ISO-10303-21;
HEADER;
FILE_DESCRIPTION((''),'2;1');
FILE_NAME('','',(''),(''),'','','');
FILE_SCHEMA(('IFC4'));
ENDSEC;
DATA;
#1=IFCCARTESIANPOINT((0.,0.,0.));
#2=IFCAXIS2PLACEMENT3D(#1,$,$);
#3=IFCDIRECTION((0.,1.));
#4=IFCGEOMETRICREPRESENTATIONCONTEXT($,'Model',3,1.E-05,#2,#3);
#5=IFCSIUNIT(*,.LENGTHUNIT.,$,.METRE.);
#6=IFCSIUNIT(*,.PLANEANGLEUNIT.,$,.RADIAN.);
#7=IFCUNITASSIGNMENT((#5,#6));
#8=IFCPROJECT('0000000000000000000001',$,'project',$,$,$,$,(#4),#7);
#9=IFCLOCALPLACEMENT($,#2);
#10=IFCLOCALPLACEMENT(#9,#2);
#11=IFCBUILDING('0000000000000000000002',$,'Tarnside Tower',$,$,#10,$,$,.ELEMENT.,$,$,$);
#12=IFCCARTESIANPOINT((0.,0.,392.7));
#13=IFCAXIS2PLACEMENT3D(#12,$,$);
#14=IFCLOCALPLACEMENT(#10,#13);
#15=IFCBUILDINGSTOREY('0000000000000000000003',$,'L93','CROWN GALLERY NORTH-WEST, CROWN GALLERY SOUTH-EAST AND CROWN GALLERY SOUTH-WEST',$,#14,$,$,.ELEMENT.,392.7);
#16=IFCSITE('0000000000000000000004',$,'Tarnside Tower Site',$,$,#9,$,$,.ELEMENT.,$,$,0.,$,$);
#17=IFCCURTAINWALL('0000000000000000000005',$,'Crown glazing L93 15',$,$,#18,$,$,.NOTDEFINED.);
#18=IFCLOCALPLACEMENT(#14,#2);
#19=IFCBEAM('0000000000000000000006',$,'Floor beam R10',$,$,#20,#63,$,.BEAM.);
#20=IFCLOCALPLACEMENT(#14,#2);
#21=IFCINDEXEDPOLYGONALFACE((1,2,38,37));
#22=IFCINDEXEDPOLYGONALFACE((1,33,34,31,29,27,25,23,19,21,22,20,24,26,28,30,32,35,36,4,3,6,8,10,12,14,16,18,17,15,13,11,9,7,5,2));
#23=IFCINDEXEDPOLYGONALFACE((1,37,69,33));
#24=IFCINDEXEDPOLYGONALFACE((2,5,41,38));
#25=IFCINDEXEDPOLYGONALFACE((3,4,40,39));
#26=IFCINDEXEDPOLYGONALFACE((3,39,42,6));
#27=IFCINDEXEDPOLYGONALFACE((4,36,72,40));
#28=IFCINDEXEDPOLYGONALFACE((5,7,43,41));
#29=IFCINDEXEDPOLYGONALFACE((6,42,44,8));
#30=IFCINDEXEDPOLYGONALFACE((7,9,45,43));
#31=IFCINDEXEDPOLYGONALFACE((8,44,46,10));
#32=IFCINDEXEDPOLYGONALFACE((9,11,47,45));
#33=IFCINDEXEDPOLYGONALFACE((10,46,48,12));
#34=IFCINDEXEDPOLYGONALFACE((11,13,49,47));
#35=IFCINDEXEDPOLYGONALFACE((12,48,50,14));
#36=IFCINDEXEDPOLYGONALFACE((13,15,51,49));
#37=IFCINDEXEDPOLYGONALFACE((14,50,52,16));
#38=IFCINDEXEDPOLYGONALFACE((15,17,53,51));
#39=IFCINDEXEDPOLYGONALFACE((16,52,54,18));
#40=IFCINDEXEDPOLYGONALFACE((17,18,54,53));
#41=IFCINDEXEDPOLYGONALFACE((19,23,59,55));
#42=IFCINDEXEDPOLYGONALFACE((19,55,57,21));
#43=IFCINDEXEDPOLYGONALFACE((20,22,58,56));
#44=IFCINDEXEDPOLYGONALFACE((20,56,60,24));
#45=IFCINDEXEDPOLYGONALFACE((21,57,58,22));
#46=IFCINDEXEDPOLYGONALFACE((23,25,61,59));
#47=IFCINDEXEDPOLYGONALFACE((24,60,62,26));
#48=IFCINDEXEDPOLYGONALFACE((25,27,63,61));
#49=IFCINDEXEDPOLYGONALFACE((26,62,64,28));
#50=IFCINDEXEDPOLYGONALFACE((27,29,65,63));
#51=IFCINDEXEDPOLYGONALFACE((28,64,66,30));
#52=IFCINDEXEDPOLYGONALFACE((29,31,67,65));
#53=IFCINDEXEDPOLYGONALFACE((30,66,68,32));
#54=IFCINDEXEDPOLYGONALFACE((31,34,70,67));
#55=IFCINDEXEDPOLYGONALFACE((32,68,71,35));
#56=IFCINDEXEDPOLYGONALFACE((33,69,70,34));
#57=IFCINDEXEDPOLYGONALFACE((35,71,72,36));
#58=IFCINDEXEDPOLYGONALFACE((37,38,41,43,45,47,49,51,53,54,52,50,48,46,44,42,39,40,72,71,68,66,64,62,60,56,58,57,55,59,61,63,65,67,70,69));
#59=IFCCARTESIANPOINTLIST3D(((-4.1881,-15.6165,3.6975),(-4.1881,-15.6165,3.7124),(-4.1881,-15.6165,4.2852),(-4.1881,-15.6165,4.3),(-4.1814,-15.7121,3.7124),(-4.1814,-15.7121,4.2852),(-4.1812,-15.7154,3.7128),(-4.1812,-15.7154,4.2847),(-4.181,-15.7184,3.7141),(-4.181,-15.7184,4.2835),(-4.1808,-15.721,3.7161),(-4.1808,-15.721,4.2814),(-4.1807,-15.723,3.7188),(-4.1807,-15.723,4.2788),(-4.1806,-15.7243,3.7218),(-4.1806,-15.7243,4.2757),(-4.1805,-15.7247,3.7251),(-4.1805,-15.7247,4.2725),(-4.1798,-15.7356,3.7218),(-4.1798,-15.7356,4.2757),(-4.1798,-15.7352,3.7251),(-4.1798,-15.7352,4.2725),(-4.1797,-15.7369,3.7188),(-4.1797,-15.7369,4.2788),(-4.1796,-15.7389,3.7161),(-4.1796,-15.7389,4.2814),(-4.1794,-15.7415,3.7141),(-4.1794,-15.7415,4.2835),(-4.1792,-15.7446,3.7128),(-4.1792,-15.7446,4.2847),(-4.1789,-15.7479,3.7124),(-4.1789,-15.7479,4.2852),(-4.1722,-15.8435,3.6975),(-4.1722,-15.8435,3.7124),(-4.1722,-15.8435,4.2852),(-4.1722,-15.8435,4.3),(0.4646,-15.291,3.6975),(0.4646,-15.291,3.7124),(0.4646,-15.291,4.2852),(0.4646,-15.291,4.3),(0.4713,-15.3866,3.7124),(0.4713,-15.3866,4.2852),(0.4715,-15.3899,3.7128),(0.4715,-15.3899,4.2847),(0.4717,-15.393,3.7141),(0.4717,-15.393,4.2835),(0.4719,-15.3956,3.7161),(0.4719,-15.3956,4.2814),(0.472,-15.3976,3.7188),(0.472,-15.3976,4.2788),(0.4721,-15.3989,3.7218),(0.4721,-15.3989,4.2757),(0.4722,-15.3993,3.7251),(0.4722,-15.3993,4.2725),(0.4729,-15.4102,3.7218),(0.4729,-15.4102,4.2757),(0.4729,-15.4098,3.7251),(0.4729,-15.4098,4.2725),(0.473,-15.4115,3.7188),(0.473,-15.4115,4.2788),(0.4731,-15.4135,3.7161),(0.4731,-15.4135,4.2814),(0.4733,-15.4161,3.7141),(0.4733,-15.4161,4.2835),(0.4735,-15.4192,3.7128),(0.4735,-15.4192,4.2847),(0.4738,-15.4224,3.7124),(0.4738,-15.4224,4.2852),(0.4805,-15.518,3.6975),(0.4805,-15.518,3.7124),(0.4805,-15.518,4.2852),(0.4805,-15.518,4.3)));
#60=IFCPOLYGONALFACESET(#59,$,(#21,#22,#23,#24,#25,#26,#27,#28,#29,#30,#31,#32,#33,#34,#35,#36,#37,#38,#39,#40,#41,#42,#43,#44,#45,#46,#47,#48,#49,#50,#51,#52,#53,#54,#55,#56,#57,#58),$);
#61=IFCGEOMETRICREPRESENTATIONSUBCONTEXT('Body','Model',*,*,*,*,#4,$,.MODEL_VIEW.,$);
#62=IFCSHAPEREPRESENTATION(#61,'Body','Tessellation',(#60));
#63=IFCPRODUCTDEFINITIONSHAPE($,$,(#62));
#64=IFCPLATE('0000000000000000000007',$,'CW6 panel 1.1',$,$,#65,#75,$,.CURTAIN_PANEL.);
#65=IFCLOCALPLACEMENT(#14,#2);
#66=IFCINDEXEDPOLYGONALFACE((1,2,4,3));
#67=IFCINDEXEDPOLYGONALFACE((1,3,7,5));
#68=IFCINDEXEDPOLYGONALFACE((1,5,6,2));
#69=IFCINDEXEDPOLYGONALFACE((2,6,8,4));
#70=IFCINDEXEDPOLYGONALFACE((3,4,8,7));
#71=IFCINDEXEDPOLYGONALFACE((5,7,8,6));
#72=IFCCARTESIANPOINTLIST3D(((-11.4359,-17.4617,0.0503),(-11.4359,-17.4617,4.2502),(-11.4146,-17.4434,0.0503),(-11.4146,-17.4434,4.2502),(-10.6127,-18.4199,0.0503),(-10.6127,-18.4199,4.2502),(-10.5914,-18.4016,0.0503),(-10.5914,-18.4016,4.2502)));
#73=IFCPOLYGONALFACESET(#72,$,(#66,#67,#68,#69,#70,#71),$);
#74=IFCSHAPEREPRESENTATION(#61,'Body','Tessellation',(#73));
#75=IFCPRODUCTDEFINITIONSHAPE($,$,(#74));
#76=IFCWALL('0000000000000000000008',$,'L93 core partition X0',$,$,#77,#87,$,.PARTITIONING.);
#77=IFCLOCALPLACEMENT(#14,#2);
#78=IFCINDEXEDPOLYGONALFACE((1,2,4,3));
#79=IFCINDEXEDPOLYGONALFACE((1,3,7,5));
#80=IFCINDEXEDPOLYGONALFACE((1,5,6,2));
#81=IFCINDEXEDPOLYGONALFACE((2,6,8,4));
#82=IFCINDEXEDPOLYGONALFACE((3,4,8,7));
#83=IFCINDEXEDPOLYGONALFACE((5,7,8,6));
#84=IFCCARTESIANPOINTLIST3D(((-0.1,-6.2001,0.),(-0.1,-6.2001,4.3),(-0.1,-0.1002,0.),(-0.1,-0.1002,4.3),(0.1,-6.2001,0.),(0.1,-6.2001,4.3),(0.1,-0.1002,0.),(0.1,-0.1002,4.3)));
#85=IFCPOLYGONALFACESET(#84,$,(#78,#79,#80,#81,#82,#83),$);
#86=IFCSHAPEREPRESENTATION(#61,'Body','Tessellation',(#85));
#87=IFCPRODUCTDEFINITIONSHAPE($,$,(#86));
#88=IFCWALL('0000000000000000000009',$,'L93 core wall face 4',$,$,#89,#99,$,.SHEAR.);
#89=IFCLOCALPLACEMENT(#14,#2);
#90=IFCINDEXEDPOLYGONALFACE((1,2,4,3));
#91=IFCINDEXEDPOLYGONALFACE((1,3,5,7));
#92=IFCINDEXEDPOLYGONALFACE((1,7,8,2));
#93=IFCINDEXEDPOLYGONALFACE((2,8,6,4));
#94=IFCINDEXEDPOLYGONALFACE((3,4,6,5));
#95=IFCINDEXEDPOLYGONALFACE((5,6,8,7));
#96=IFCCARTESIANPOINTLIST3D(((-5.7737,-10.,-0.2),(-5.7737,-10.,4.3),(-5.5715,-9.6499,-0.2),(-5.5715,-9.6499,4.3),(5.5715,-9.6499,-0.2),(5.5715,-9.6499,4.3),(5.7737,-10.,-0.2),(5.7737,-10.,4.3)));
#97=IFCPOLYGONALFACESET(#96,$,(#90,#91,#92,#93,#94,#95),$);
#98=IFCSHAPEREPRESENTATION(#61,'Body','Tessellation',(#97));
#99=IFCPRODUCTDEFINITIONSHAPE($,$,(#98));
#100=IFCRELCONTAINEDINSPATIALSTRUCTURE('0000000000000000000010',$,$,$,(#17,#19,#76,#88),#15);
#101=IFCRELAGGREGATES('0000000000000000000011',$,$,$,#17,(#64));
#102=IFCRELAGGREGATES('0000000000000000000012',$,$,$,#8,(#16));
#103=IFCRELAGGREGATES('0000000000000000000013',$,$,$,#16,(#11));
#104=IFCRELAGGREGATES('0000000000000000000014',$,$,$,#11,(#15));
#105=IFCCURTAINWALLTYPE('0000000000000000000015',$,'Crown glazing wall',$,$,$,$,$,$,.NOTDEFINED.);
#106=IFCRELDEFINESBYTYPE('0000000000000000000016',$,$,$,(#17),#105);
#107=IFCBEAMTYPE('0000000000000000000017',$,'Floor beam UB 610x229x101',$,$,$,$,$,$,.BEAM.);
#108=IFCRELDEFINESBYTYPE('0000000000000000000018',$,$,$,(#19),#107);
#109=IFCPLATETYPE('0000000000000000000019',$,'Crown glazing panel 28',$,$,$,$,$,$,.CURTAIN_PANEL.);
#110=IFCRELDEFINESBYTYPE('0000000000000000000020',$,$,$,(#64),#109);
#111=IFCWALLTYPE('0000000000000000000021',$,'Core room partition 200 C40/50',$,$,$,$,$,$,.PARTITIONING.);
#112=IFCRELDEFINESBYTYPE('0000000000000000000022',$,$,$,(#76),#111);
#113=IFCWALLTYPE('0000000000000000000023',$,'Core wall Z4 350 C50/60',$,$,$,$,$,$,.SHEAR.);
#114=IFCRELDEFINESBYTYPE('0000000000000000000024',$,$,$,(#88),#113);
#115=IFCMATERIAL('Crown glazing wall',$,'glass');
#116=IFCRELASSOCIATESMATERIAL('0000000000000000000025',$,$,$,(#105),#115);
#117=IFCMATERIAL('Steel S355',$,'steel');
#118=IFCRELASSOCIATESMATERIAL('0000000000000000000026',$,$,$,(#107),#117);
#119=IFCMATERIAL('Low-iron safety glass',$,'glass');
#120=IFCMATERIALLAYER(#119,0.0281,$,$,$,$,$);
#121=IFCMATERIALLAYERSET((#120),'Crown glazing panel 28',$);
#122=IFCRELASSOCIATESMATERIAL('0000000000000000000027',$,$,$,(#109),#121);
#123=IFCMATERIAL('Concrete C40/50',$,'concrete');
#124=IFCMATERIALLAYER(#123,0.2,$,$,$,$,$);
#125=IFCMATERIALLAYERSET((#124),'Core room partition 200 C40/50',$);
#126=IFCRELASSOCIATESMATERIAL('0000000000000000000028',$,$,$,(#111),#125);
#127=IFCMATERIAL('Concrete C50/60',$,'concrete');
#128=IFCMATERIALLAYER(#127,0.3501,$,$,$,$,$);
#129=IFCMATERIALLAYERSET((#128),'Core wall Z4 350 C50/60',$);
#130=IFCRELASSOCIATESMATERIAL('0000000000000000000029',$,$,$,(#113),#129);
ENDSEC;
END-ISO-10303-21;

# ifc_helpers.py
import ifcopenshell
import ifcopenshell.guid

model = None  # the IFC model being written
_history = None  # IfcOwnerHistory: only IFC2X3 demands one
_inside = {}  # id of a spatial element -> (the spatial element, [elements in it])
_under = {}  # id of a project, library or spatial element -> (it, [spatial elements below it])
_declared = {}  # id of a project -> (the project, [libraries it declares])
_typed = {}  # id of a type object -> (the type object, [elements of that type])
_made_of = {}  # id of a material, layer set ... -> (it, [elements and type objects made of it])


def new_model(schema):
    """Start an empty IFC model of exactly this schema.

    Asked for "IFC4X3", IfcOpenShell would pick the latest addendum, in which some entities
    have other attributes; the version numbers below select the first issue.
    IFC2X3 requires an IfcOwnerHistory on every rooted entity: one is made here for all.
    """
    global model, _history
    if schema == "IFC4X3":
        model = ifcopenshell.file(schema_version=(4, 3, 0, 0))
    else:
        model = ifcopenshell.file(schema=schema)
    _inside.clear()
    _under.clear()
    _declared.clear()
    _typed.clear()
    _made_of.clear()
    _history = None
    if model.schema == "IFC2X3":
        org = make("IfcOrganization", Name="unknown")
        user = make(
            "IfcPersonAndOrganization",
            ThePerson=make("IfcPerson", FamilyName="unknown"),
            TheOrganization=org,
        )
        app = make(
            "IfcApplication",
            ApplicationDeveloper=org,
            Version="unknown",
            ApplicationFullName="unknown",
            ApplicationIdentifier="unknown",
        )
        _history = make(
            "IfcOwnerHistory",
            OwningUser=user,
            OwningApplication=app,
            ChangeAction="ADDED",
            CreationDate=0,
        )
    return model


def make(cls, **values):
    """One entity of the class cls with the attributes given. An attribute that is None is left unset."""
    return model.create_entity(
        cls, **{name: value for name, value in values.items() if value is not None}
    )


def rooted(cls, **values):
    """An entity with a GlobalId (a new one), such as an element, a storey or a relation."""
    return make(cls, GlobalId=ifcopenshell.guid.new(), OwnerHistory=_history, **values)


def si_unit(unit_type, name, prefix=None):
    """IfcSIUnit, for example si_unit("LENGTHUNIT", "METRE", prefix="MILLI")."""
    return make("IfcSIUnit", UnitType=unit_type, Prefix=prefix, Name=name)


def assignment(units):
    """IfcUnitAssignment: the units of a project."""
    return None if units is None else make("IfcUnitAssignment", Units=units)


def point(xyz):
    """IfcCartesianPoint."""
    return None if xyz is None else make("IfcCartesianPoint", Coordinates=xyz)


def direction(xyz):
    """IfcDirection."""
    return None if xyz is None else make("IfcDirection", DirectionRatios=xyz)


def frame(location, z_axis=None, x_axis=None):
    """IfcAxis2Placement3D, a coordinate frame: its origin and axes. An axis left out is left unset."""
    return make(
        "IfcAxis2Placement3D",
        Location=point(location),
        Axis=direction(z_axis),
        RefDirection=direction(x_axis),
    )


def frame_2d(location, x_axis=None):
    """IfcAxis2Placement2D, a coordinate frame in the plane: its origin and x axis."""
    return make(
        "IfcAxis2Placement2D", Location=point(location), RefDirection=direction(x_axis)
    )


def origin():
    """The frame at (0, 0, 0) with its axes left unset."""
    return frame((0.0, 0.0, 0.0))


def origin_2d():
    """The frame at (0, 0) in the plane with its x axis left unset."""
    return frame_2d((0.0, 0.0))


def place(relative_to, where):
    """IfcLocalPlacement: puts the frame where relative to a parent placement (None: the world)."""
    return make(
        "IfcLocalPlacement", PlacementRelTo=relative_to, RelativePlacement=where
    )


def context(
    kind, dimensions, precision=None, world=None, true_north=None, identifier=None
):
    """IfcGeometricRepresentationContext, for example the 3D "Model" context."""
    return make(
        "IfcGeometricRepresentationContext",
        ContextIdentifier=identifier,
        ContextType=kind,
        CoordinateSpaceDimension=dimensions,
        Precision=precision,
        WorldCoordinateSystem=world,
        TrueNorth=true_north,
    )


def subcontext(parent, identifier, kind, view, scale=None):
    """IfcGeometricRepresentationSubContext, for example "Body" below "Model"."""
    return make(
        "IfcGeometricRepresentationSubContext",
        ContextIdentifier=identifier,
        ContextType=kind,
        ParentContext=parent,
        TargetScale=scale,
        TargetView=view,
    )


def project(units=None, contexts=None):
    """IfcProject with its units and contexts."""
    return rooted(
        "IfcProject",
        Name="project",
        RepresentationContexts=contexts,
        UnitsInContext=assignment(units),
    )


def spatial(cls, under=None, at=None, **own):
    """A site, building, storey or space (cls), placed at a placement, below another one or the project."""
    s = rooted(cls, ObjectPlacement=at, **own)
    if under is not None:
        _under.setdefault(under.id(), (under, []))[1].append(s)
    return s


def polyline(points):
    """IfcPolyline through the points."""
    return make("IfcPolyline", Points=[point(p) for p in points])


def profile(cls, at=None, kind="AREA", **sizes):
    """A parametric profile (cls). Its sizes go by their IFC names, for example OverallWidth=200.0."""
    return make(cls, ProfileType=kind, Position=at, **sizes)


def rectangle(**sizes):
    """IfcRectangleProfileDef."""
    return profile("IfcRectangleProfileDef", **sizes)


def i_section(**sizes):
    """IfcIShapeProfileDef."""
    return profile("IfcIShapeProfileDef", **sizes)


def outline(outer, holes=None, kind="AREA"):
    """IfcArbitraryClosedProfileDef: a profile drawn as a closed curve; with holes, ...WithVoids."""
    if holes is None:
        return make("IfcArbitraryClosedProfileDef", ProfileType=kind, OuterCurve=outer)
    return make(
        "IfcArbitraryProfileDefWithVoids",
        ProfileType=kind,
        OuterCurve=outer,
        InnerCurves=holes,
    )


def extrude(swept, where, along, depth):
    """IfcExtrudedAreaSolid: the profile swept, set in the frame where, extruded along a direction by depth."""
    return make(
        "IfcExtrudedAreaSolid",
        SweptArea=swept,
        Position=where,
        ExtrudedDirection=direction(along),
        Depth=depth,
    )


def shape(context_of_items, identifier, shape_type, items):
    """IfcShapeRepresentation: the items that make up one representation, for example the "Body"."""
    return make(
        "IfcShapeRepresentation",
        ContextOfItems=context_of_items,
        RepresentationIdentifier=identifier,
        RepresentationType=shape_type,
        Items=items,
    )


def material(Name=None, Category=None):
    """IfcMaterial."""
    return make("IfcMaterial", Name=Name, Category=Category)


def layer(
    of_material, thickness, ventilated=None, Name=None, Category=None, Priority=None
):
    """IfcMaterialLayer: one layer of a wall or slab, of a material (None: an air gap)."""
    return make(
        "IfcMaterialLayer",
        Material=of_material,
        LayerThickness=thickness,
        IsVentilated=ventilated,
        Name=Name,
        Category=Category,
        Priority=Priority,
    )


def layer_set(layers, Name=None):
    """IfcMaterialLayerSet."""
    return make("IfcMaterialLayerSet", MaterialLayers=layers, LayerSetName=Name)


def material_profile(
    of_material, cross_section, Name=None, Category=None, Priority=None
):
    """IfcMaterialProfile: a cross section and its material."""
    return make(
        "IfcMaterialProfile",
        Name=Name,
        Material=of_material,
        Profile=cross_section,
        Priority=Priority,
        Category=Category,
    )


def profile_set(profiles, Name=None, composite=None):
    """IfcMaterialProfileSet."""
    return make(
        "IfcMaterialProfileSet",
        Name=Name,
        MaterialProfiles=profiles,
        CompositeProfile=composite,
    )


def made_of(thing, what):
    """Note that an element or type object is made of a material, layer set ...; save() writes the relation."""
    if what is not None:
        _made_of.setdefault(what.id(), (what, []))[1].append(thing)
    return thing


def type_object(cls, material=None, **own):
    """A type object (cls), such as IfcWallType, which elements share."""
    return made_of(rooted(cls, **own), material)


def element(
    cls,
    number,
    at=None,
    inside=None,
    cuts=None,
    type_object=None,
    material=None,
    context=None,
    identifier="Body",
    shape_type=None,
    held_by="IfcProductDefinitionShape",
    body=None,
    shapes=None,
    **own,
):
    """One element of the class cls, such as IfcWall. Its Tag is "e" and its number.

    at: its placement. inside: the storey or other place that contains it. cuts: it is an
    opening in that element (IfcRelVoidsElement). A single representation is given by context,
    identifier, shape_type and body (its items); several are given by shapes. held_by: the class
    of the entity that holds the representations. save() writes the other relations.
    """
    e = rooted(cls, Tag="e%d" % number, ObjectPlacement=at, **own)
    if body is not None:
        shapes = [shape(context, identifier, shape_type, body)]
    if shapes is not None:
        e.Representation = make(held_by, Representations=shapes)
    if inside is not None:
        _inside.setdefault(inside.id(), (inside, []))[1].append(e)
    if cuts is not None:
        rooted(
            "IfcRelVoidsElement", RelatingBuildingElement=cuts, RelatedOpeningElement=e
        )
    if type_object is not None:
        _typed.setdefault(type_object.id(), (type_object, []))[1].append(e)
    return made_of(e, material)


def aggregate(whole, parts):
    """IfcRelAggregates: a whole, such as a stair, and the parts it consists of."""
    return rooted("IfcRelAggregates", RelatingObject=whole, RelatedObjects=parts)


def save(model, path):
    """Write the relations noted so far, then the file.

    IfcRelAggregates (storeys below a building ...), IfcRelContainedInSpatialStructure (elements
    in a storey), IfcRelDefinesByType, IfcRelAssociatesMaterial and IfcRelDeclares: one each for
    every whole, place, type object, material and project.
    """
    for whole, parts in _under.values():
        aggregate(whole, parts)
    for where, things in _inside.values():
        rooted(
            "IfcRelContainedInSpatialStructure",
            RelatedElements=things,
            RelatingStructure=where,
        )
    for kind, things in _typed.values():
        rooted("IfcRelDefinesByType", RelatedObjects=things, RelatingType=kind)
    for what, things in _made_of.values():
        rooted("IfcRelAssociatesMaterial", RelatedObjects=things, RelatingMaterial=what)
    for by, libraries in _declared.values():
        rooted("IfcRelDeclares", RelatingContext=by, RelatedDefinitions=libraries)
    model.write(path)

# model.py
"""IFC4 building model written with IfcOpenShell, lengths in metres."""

from ifc_helpers import new_model, si_unit, direction, frame, frame_2d, origin, origin_2d, place, context, subcontext, project, spatial, polyline, rectangle, i_section, outline, extrude, material, layer, layer_set, material_profile, profile_set, type_object, element, aggregate, save


model = new_model("IFC4")

# Units and contexts
model_context = context("Model", 3, precision=1e-05, world=origin(), true_north=direction((0.0, 1.0)))
body_context = subcontext(model_context, "Body", "Model", "MODEL_VIEW")
ifc_project = project(units=[si_unit("LENGTHUNIT", "METRE"), si_unit("PLANEANGLEUNIT", "RADIAN")], contexts=[model_context])

# Site, building, storey
site_placement = place(None, origin())
site = spatial("IfcSite", under=ifc_project, at=site_placement, Name="Tarnside Tower Site", CompositionType="ELEMENT", RefElevation=0.0)
building_placement = place(site_placement, origin())
building = spatial("IfcBuilding", under=site, at=building_placement, Name="Tarnside Tower", CompositionType="ELEMENT")
storey_placement = place(building_placement, frame((0.0, 0.0, 392.7)))
storey = spatial("IfcBuildingStorey", under=building, at=storey_placement, Name="L93", Description="CROWN GALLERY NORTH-WEST, CROWN GALLERY SOUTH-EAST AND CROWN GALLERY SOUTH-WEST", CompositionType="ELEMENT", Elevation=392.7)

# Curtain wall
ifc_material_1 = material(Name="Crown glazing wall", Category="glass")
curtain_wall_type = type_object("IfcCurtainWallType", Name="Crown glazing wall", PredefinedType="NOTDEFINED", material=ifc_material_1)
curtain_wall_placement = place(storey_placement, origin())
curtain_wall = element("IfcCurtainWall", 1, at=curtain_wall_placement, inside=storey, type_object=curtain_wall_type, Name="Crown glazing L93 15", PredefinedType="NOTDEFINED")

# Beam
ifc_material_2 = material(Name="Steel S355", Category="steel")
ifc_material_profile_1 = material_profile(ifc_material_2, i_section(OverallWidth=0.2275, OverallDepth=0.6025, WebThickness=0.0105, FlangeThickness=0.0149, FilletRadius=0.0127, at=origin_2d()), Name="UB 610x229x101")
ifc_profile_set_1 = profile_set([ifc_material_profile_1], Name="Steel S355")
beam_type_1 = type_object("IfcBeamType", Name="Floor beam UB 610x229x101", PredefinedType="BEAM", material=ifc_profile_set_1)
beam_1_placement = place(storey_placement, frame((-4.1802, -15.73, 3.9988), z_axis=(0.997563, 0.069778, 0.0), x_axis=(-0.069778, 0.997563, 0.0)))
element("IfcBeam", 2, at=beam_1_placement, inside=storey, type_object=beam_type_1, Name="Floor beam R10", PredefinedType="BEAM", context=body_context, shape_type="SweptSolid", body=[
    extrude(i_section(OverallWidth=0.2275, OverallDepth=0.6025, WebThickness=0.0105, FlangeThickness=0.0149, FilletRadius=0.0127, at=origin_2d()), origin(), (0.0, 0.0, 1.0), 4.6641),
])

# Plate
ifc_material_3 = material(Name="Low-iron safety glass", Category="glass")
ifc_layer_1 = layer(ifc_material_3, 0.0281)
ifc_layer_set_1 = layer_set([ifc_layer_1], Name="Crown glazing panel 28")
plate_type = type_object("IfcPlateType", Name="Crown glazing panel 28", PredefinedType="CURTAIN_PANEL", material=ifc_layer_set_1)
plate_placement = place(storey_placement, frame((-11.0137, -17.9316, 0.0503), z_axis=(0.0, 0.0, 1.0), x_axis=(-0.651657, 0.758514, 0.0)))
plate = element("IfcPlate", 3, at=plate_placement, type_object=plate_type, Name="CW6 panel 1.1", PredefinedType="CURTAIN_PANEL", context=body_context, shape_type="SweptSolid", body=[
    extrude(rectangle(XDim=1.2632, YDim=0.0281, at=origin_2d()), origin(), (0.0, 0.0, 1.0), 4.2),
])
aggregate(curtain_wall, [plate])

# Walls
ifc_material_4 = material(Name="Concrete C40/50", Category="concrete")
ifc_layer_2 = layer(ifc_material_4, 0.2)
ifc_layer_set_2 = layer_set([ifc_layer_2], Name="Core room partition 200 C40/50")
wall_type_1 = type_object("IfcWallType", Name="Core room partition 200 C40/50", PredefinedType="PARTITIONING", material=ifc_layer_set_2)
wall_1_placement = place(storey_placement, frame((0.0, -6.2, 0.0), z_axis=(0.0, 0.0, 1.0), x_axis=(0.0, 1.0, 0.0)))
element("IfcWall", 4, at=wall_1_placement, inside=storey, type_object=wall_type_1, Name="L93 core partition X0", PredefinedType="PARTITIONING", context=body_context, shape_type="SweptSolid", body=[
    extrude(rectangle(XDim=6.0999, YDim=0.2, at=frame_2d((3.0498, 0.0))), origin(), (0.0, 0.0, 1.0), 4.3),
])
ifc_material_5 = material(Name="Concrete C50/60", Category="concrete")
ifc_layer_3 = layer(ifc_material_5, 0.3501)
ifc_layer_set_3 = layer_set([ifc_layer_3], Name="Core wall Z4 350 C50/60")
wall_type_2 = type_object("IfcWallType", Name="Core wall Z4 350 C50/60", PredefinedType="SHEAR", material=ifc_layer_set_3)
wall_2_placement = place(storey_placement, frame((-5.6726, -9.825, -0.2), z_axis=(0.0, 0.0, 1.0), x_axis=(1.0, 0.0, 0.0)))
element("IfcWall", 5, at=wall_2_placement, inside=storey, type_object=wall_type_2, Name="L93 core wall face 4", PredefinedType="SHEAR", context=body_context, shape_type="SweptSolid", body=[
    extrude(outline(polyline([(-0.1011, -0.175), (11.4463, -0.175), (11.2441, 0.175), (0.1011, 0.175), (-0.1011, -0.175)])), origin(), (0.0, 0.0, 1.0), 4.5),
])

save(model, "model.ifc")
